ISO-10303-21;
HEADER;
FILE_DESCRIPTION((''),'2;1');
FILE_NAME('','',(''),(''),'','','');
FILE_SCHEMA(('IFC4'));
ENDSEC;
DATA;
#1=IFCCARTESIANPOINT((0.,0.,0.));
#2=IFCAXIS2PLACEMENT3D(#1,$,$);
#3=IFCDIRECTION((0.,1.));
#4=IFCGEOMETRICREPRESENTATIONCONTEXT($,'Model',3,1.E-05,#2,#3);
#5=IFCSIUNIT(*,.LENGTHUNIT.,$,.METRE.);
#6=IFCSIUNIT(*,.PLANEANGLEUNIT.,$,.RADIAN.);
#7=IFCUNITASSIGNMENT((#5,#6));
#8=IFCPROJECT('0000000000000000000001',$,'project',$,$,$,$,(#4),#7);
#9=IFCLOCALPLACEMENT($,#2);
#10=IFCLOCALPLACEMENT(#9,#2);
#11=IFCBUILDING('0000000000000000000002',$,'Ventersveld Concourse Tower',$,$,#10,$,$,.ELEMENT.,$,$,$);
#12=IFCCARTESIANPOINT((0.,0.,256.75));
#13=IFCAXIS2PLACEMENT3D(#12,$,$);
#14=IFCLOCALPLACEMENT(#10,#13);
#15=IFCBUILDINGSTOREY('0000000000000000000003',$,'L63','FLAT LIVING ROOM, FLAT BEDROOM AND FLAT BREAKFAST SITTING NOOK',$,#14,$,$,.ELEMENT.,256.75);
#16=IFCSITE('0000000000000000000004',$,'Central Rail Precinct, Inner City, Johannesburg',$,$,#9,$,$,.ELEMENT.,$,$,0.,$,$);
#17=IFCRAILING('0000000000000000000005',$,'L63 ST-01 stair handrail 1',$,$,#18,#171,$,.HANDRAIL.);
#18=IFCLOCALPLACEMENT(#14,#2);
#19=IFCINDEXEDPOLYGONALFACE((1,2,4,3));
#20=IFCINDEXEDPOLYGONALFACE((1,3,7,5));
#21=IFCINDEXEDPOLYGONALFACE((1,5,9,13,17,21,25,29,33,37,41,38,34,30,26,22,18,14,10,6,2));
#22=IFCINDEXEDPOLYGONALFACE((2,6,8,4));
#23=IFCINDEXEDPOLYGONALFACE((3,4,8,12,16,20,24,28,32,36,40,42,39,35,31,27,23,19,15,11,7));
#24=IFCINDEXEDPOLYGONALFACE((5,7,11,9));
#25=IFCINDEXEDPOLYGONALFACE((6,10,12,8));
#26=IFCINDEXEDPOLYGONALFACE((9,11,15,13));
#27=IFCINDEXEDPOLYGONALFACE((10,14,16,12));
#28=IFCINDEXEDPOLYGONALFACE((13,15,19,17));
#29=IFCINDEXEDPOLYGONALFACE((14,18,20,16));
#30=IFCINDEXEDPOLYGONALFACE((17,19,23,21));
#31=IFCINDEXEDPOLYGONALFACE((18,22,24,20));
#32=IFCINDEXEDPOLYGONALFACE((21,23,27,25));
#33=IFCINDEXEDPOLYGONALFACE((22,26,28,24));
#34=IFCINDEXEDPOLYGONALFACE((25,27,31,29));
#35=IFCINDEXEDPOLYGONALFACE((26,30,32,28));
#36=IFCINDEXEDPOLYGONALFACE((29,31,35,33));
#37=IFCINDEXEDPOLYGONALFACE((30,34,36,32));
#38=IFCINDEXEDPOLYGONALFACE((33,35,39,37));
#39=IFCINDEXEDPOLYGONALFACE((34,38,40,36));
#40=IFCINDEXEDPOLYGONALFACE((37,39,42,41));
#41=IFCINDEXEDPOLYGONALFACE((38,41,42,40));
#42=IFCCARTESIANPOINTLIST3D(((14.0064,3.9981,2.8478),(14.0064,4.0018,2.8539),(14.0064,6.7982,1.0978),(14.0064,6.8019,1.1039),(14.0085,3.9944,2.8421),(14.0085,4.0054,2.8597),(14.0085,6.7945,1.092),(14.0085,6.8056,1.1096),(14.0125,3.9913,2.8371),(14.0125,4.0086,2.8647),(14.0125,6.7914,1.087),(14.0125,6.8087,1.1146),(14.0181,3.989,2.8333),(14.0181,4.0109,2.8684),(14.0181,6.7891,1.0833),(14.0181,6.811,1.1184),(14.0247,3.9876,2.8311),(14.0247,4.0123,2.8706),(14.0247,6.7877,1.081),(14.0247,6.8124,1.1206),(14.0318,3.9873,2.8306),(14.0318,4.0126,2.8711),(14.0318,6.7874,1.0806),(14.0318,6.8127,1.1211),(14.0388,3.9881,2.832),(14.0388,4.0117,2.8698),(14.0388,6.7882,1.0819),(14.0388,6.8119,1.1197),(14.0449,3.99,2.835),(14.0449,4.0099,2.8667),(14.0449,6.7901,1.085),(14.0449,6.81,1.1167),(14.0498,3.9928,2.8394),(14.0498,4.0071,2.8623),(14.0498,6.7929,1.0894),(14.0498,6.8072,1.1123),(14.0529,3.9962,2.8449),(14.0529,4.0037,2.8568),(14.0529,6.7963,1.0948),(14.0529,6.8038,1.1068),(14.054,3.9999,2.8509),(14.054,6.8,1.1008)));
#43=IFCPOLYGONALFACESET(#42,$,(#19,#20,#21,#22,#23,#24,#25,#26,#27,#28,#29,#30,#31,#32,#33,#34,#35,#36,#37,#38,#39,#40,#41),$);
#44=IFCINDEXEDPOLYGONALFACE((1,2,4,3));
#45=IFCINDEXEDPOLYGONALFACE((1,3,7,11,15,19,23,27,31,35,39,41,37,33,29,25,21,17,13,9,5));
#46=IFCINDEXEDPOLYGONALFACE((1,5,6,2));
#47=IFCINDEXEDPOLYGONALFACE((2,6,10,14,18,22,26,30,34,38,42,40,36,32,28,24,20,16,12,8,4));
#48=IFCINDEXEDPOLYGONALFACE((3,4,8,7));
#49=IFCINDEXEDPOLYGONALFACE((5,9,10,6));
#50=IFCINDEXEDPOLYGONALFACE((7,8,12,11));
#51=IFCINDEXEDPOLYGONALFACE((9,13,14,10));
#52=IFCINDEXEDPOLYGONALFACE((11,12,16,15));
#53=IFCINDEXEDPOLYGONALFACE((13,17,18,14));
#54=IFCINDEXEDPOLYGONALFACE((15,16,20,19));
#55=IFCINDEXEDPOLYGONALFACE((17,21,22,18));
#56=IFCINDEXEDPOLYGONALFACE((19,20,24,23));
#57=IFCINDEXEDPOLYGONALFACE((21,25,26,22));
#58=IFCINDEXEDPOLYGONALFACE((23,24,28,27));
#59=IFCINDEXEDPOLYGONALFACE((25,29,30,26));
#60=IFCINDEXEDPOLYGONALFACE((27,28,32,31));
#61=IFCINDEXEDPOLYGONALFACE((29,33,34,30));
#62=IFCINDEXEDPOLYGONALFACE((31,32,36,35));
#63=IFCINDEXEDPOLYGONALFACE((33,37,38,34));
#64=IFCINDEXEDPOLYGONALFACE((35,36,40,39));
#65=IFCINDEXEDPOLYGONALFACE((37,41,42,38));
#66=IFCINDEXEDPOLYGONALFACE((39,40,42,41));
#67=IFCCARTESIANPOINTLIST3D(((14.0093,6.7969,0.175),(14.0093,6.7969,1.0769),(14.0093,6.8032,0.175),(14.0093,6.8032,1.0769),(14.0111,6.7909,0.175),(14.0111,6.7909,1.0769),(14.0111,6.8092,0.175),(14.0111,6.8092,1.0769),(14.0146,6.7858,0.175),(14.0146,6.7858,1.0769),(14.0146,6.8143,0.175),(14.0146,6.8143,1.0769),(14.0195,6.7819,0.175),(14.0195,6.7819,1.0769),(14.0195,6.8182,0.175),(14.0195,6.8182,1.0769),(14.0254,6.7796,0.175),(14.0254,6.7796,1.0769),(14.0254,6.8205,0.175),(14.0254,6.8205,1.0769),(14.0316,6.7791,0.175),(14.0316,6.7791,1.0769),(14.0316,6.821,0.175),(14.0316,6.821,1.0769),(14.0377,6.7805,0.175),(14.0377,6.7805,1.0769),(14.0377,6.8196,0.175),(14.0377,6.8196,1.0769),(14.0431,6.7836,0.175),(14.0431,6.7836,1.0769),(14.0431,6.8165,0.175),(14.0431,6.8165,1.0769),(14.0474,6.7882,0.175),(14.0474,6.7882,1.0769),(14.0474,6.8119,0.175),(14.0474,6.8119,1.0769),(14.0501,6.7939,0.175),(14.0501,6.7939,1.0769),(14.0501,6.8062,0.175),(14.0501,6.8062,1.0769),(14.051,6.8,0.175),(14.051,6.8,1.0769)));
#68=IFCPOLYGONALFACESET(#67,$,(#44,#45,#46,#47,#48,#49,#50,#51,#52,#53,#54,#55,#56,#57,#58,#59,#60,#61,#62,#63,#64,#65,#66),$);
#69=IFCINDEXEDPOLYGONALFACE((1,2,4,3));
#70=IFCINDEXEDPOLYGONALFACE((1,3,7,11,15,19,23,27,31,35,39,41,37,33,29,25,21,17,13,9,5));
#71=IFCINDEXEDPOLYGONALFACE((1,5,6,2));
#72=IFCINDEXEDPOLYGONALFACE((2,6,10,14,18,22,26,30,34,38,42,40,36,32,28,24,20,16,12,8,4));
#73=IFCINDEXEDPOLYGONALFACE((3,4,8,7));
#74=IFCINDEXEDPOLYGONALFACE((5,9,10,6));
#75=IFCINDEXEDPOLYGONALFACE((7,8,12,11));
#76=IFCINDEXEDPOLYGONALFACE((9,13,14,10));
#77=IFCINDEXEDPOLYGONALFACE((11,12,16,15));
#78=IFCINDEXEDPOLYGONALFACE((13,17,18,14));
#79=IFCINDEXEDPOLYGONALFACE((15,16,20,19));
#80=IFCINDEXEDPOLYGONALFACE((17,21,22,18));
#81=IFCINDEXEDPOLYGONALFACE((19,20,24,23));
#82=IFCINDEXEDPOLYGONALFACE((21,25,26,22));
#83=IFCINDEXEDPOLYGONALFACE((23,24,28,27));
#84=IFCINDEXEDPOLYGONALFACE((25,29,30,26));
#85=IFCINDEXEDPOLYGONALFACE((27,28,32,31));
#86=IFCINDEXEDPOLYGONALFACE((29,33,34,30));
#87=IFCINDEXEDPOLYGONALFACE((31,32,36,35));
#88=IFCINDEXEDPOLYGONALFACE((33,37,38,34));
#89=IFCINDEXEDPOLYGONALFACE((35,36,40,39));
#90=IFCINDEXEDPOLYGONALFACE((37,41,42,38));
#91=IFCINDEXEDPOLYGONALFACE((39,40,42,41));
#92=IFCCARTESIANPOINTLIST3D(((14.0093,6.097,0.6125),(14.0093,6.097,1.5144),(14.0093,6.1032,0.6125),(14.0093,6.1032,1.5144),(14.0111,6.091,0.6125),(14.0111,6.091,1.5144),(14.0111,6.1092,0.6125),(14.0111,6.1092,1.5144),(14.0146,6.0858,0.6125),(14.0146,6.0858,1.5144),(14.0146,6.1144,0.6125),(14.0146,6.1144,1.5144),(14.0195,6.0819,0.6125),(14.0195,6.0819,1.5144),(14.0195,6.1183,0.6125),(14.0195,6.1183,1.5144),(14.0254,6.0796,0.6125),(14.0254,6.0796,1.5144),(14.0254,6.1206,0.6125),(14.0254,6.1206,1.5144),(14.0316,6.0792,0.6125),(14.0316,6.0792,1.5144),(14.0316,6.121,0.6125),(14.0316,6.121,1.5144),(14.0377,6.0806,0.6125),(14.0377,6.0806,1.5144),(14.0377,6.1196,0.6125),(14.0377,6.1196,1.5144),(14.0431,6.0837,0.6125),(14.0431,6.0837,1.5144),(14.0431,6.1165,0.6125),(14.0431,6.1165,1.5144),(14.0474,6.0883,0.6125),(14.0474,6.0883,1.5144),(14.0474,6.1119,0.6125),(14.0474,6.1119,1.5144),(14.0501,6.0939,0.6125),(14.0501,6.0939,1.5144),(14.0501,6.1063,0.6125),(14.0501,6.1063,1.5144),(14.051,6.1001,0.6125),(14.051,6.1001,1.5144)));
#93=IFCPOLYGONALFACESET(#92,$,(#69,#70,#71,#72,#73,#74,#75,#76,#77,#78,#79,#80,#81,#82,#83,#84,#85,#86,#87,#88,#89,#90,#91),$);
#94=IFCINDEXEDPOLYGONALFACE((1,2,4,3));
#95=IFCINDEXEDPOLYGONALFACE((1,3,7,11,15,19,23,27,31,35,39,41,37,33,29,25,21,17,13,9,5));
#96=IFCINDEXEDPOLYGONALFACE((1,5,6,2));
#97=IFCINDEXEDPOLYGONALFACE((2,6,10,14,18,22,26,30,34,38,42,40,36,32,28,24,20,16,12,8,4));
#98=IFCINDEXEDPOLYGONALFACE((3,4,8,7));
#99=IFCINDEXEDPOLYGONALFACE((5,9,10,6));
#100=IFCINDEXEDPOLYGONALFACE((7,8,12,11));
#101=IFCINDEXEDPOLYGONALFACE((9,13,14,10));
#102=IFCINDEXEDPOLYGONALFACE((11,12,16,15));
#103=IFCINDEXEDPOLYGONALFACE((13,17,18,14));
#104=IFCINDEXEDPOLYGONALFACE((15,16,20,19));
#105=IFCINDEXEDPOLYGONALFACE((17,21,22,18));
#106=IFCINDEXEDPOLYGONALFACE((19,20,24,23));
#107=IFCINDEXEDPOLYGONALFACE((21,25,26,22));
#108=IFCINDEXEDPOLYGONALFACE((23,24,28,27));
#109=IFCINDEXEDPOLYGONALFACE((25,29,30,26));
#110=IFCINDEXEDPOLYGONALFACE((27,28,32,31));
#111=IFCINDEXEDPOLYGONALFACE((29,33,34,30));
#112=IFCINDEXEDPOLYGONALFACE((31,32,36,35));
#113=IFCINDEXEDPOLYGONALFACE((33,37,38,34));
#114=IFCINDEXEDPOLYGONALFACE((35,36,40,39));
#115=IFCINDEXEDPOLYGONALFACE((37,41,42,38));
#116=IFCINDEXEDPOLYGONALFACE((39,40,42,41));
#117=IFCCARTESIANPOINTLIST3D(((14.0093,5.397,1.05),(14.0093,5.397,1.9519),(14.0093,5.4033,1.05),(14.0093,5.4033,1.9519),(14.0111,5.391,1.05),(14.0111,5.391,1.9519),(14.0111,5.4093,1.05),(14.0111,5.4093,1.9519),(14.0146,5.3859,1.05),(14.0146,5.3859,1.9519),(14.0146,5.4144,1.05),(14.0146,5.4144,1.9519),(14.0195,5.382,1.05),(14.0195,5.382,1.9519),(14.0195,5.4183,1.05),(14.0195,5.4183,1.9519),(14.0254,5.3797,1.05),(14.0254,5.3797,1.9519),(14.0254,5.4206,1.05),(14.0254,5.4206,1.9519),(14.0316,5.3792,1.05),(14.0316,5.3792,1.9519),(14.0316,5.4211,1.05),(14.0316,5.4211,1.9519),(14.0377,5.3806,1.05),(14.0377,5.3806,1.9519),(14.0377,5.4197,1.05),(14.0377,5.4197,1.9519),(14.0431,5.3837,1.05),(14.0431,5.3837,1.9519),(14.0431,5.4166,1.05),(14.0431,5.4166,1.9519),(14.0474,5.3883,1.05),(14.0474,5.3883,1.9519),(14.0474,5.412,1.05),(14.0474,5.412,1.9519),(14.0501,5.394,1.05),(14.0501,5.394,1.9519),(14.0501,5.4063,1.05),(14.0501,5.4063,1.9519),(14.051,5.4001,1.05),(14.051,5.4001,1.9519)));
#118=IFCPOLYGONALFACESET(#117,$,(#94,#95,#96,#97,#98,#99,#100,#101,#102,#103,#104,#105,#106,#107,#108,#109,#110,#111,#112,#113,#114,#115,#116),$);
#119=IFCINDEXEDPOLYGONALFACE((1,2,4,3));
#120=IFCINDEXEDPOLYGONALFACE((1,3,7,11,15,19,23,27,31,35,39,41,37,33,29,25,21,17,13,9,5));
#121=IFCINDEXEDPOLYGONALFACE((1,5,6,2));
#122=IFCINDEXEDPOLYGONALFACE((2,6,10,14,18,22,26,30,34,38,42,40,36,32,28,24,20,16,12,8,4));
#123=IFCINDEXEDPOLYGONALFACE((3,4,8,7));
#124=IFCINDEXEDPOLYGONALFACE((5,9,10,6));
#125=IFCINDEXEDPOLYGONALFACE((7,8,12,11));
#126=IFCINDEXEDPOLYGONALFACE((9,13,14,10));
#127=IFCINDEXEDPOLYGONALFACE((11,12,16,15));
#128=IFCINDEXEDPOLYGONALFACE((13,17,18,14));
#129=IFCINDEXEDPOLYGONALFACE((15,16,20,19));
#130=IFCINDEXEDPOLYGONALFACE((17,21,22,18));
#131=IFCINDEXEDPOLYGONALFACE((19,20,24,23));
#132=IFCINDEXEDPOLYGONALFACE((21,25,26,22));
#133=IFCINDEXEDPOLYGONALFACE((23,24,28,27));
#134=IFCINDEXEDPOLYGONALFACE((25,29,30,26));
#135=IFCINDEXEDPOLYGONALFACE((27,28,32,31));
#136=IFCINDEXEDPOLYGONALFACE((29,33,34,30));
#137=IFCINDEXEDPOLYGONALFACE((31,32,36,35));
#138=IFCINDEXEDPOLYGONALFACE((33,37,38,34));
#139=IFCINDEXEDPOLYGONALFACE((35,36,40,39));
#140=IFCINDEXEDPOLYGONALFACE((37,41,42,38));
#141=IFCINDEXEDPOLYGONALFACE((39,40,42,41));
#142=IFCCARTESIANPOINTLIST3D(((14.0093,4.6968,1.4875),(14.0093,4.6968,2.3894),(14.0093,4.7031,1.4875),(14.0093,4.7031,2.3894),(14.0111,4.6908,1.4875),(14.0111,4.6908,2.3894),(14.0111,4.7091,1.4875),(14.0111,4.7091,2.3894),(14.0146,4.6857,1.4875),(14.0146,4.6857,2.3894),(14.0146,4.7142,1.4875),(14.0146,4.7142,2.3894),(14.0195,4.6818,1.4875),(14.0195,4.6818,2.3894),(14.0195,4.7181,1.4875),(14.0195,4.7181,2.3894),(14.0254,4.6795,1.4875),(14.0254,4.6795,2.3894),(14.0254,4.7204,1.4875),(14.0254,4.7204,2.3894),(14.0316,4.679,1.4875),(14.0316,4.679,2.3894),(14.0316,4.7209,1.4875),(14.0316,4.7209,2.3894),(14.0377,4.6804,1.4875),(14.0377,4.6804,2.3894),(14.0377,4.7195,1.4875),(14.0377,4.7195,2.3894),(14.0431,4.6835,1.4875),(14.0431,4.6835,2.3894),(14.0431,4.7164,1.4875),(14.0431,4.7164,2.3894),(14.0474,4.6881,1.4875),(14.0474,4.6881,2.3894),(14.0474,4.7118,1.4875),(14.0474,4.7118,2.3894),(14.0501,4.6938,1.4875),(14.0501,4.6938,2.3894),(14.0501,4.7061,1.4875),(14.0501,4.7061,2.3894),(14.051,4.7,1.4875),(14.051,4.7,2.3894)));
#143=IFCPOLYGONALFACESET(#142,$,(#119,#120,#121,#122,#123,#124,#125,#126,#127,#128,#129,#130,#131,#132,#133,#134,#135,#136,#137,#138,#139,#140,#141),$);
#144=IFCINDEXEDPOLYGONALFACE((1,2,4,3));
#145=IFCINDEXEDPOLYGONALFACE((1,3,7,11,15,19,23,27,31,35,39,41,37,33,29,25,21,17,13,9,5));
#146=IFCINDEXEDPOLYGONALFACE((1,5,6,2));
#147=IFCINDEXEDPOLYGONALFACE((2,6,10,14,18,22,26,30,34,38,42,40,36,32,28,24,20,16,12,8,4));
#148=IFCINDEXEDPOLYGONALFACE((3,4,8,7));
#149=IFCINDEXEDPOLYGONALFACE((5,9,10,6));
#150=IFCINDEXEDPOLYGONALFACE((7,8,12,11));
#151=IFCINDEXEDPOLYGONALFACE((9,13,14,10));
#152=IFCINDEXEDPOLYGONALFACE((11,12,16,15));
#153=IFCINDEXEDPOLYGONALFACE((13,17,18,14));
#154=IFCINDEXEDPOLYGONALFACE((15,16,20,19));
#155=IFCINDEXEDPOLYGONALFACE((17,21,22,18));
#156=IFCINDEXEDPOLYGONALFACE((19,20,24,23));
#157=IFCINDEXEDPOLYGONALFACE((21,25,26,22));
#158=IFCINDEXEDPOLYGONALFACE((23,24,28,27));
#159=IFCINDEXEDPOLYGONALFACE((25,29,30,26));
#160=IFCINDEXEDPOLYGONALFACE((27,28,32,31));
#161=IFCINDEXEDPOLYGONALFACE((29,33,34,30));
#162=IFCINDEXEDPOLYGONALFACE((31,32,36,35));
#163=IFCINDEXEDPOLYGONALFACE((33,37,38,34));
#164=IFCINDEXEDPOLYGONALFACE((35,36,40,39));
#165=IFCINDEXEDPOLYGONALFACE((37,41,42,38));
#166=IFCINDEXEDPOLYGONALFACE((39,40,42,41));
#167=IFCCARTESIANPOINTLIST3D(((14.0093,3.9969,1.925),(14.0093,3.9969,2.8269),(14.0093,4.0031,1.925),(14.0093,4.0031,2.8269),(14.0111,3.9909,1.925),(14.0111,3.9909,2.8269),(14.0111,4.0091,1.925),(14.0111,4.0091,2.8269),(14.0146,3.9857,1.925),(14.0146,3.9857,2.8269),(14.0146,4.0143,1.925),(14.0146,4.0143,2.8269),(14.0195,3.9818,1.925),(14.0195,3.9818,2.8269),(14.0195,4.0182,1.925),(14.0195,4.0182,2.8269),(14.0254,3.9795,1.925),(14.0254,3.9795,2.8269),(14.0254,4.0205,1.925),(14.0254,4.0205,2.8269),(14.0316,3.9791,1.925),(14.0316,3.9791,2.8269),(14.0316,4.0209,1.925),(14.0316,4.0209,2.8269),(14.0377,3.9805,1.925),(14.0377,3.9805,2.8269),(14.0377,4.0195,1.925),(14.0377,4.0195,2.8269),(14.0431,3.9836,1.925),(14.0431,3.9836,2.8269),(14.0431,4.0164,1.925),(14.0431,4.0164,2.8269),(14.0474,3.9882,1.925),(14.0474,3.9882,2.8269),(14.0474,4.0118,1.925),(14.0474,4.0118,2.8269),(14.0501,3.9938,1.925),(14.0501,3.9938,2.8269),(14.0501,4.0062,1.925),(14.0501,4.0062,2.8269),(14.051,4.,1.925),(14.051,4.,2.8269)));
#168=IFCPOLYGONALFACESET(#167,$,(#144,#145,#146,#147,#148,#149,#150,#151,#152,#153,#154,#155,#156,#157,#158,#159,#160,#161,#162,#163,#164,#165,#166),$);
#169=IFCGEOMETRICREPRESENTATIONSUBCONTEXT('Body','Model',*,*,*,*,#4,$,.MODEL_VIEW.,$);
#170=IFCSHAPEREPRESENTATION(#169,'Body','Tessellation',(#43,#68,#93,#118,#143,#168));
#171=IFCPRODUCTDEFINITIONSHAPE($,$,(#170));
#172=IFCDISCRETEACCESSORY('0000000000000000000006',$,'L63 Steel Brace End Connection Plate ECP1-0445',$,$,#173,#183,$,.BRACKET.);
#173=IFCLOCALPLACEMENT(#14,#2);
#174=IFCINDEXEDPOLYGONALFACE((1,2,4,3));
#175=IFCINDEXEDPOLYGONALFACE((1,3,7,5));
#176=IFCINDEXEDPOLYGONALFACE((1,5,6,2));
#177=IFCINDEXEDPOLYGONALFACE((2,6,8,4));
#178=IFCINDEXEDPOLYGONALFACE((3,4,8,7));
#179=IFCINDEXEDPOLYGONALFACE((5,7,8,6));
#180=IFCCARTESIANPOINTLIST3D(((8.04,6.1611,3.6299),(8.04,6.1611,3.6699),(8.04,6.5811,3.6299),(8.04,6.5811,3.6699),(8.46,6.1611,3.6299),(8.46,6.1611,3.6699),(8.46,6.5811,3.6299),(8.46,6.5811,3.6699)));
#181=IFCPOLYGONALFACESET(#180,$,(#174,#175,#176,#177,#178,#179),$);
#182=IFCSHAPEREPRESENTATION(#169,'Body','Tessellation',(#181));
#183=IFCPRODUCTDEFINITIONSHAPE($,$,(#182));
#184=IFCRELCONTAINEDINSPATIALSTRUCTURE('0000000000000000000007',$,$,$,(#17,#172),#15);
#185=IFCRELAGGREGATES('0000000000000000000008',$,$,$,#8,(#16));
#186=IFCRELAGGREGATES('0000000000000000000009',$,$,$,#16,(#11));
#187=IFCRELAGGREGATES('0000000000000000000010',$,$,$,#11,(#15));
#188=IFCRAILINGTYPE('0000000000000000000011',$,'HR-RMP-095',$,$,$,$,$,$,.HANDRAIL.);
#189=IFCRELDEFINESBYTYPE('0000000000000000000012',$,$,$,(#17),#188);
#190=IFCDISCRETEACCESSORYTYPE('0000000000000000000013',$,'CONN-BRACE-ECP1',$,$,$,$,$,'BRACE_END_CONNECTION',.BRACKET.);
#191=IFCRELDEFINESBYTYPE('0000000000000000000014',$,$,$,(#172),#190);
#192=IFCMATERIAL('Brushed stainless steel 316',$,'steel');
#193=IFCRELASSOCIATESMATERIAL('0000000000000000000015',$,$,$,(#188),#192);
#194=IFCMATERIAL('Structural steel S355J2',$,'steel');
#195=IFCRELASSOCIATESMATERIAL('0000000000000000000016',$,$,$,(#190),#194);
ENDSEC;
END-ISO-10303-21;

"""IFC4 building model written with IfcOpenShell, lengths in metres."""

from ifc_helpers import new_model, si_unit, direction, frame, origin, origin_2d, place, context, subcontext, project, spatial, rectangle, circle, extrude, material, type_object, element, save


model = new_model("IFC4")

# Units and contexts
model_context = context("Model", 3, precision=1e-05, world=origin(), true_north=direction((0.0, 1.0)))
body_context = subcontext(model_context, "Body", "Model", "MODEL_VIEW")
ifc_project = project(units=[si_unit("LENGTHUNIT", "METRE"), si_unit("PLANEANGLEUNIT", "RADIAN")], contexts=[model_context])

# Site, building, storey
site_placement = place(None, origin())
site = spatial("IfcSite", under=ifc_project, at=site_placement, Name="Central Rail Precinct, Inner City, Johannesburg", CompositionType="ELEMENT", RefElevation=0.0)
building_placement = place(site_placement, origin())
building = spatial("IfcBuilding", under=site, at=building_placement, Name="Ventersveld Concourse Tower", CompositionType="ELEMENT")
storey_placement = place(building_placement, frame((0.0, 0.0, 256.75)))
storey = spatial("IfcBuildingStorey", under=building, at=storey_placement, Name="L63", Description="FLAT LIVING ROOM, FLAT BEDROOM AND FLAT BREAKFAST SITTING NOOK", CompositionType="ELEMENT", Elevation=256.75)

# Shared definitions
ifc_material_1 = material(Name="Structural steel S355J2", Category="steel")

# Railing
ifc_material_2 = material(Name="Brushed stainless steel 316", Category="steel")
railing_type_1 = type_object("IfcRailingType", Name="HR-RMP-095", PredefinedType="HANDRAIL", material=ifc_material_2)
railing_1_placement = place(storey_placement, frame((14.03, 6.8, 0.175)))
element("IfcRailing", 1, at=railing_1_placement, inside=storey, type_object=railing_type_1, Name="L63 ST-01 stair handrail 1", PredefinedType="HANDRAIL", context=body_context, shape_type="SweptSolid", body=[
    extrude(circle(Radius=0.0239, at=origin_2d()), frame((0.0, 0.0, 0.9258), z_axis=(0.0, -0.848002, 0.529992), x_axis=(1.0, 0.0, 0.0)), (0.0, 0.0, 1.0), 3.302),
    extrude(circle(Radius=0.021, at=origin_2d()), origin(), (0.0, 0.0, 1.0), 0.9019),
    extrude(circle(Radius=0.021, at=origin_2d()), frame((0.0, -0.7, 0.4375)), (0.0, 0.0, 1.0), 0.9019),
    extrude(circle(Radius=0.021, at=origin_2d()), frame((0.0, -1.3999, 0.875)), (0.0, 0.0, 1.0), 0.9019),
    extrude(circle(Radius=0.021, at=origin_2d()), frame((0.0, -2.1001, 1.3125)), (0.0, 0.0, 1.0), 0.9019),
    extrude(circle(Radius=0.021, at=origin_2d()), frame((0.0, -2.8, 1.75)), (0.0, 0.0, 1.0), 0.9019),
])

# Discrete accessory
discrete_accessory_type = type_object("IfcDiscreteAccessoryType", Name="CONN-BRACE-ECP1", ElementType="BRACE_END_CONNECTION", PredefinedType="BRACKET", material=ifc_material_1)
discrete_accessory_placement = place(storey_placement, frame((8.25, 6.3711, 3.6299), z_axis=(0.0, 0.0, 1.0), x_axis=(1.0, 0.0, 0.0)))
element("IfcDiscreteAccessory", 2, at=discrete_accessory_placement, inside=storey, type_object=discrete_accessory_type, Name="L63 Steel Brace End Connection Plate ECP1-0445", PredefinedType="BRACKET", context=body_context, shape_type="SweptSolid", body=[
    extrude(rectangle(XDim=0.4199, YDim=0.4199, at=origin_2d()), origin(), (0.0, 0.0, 1.0), 0.04),
])

save(model, "model.ifc")
